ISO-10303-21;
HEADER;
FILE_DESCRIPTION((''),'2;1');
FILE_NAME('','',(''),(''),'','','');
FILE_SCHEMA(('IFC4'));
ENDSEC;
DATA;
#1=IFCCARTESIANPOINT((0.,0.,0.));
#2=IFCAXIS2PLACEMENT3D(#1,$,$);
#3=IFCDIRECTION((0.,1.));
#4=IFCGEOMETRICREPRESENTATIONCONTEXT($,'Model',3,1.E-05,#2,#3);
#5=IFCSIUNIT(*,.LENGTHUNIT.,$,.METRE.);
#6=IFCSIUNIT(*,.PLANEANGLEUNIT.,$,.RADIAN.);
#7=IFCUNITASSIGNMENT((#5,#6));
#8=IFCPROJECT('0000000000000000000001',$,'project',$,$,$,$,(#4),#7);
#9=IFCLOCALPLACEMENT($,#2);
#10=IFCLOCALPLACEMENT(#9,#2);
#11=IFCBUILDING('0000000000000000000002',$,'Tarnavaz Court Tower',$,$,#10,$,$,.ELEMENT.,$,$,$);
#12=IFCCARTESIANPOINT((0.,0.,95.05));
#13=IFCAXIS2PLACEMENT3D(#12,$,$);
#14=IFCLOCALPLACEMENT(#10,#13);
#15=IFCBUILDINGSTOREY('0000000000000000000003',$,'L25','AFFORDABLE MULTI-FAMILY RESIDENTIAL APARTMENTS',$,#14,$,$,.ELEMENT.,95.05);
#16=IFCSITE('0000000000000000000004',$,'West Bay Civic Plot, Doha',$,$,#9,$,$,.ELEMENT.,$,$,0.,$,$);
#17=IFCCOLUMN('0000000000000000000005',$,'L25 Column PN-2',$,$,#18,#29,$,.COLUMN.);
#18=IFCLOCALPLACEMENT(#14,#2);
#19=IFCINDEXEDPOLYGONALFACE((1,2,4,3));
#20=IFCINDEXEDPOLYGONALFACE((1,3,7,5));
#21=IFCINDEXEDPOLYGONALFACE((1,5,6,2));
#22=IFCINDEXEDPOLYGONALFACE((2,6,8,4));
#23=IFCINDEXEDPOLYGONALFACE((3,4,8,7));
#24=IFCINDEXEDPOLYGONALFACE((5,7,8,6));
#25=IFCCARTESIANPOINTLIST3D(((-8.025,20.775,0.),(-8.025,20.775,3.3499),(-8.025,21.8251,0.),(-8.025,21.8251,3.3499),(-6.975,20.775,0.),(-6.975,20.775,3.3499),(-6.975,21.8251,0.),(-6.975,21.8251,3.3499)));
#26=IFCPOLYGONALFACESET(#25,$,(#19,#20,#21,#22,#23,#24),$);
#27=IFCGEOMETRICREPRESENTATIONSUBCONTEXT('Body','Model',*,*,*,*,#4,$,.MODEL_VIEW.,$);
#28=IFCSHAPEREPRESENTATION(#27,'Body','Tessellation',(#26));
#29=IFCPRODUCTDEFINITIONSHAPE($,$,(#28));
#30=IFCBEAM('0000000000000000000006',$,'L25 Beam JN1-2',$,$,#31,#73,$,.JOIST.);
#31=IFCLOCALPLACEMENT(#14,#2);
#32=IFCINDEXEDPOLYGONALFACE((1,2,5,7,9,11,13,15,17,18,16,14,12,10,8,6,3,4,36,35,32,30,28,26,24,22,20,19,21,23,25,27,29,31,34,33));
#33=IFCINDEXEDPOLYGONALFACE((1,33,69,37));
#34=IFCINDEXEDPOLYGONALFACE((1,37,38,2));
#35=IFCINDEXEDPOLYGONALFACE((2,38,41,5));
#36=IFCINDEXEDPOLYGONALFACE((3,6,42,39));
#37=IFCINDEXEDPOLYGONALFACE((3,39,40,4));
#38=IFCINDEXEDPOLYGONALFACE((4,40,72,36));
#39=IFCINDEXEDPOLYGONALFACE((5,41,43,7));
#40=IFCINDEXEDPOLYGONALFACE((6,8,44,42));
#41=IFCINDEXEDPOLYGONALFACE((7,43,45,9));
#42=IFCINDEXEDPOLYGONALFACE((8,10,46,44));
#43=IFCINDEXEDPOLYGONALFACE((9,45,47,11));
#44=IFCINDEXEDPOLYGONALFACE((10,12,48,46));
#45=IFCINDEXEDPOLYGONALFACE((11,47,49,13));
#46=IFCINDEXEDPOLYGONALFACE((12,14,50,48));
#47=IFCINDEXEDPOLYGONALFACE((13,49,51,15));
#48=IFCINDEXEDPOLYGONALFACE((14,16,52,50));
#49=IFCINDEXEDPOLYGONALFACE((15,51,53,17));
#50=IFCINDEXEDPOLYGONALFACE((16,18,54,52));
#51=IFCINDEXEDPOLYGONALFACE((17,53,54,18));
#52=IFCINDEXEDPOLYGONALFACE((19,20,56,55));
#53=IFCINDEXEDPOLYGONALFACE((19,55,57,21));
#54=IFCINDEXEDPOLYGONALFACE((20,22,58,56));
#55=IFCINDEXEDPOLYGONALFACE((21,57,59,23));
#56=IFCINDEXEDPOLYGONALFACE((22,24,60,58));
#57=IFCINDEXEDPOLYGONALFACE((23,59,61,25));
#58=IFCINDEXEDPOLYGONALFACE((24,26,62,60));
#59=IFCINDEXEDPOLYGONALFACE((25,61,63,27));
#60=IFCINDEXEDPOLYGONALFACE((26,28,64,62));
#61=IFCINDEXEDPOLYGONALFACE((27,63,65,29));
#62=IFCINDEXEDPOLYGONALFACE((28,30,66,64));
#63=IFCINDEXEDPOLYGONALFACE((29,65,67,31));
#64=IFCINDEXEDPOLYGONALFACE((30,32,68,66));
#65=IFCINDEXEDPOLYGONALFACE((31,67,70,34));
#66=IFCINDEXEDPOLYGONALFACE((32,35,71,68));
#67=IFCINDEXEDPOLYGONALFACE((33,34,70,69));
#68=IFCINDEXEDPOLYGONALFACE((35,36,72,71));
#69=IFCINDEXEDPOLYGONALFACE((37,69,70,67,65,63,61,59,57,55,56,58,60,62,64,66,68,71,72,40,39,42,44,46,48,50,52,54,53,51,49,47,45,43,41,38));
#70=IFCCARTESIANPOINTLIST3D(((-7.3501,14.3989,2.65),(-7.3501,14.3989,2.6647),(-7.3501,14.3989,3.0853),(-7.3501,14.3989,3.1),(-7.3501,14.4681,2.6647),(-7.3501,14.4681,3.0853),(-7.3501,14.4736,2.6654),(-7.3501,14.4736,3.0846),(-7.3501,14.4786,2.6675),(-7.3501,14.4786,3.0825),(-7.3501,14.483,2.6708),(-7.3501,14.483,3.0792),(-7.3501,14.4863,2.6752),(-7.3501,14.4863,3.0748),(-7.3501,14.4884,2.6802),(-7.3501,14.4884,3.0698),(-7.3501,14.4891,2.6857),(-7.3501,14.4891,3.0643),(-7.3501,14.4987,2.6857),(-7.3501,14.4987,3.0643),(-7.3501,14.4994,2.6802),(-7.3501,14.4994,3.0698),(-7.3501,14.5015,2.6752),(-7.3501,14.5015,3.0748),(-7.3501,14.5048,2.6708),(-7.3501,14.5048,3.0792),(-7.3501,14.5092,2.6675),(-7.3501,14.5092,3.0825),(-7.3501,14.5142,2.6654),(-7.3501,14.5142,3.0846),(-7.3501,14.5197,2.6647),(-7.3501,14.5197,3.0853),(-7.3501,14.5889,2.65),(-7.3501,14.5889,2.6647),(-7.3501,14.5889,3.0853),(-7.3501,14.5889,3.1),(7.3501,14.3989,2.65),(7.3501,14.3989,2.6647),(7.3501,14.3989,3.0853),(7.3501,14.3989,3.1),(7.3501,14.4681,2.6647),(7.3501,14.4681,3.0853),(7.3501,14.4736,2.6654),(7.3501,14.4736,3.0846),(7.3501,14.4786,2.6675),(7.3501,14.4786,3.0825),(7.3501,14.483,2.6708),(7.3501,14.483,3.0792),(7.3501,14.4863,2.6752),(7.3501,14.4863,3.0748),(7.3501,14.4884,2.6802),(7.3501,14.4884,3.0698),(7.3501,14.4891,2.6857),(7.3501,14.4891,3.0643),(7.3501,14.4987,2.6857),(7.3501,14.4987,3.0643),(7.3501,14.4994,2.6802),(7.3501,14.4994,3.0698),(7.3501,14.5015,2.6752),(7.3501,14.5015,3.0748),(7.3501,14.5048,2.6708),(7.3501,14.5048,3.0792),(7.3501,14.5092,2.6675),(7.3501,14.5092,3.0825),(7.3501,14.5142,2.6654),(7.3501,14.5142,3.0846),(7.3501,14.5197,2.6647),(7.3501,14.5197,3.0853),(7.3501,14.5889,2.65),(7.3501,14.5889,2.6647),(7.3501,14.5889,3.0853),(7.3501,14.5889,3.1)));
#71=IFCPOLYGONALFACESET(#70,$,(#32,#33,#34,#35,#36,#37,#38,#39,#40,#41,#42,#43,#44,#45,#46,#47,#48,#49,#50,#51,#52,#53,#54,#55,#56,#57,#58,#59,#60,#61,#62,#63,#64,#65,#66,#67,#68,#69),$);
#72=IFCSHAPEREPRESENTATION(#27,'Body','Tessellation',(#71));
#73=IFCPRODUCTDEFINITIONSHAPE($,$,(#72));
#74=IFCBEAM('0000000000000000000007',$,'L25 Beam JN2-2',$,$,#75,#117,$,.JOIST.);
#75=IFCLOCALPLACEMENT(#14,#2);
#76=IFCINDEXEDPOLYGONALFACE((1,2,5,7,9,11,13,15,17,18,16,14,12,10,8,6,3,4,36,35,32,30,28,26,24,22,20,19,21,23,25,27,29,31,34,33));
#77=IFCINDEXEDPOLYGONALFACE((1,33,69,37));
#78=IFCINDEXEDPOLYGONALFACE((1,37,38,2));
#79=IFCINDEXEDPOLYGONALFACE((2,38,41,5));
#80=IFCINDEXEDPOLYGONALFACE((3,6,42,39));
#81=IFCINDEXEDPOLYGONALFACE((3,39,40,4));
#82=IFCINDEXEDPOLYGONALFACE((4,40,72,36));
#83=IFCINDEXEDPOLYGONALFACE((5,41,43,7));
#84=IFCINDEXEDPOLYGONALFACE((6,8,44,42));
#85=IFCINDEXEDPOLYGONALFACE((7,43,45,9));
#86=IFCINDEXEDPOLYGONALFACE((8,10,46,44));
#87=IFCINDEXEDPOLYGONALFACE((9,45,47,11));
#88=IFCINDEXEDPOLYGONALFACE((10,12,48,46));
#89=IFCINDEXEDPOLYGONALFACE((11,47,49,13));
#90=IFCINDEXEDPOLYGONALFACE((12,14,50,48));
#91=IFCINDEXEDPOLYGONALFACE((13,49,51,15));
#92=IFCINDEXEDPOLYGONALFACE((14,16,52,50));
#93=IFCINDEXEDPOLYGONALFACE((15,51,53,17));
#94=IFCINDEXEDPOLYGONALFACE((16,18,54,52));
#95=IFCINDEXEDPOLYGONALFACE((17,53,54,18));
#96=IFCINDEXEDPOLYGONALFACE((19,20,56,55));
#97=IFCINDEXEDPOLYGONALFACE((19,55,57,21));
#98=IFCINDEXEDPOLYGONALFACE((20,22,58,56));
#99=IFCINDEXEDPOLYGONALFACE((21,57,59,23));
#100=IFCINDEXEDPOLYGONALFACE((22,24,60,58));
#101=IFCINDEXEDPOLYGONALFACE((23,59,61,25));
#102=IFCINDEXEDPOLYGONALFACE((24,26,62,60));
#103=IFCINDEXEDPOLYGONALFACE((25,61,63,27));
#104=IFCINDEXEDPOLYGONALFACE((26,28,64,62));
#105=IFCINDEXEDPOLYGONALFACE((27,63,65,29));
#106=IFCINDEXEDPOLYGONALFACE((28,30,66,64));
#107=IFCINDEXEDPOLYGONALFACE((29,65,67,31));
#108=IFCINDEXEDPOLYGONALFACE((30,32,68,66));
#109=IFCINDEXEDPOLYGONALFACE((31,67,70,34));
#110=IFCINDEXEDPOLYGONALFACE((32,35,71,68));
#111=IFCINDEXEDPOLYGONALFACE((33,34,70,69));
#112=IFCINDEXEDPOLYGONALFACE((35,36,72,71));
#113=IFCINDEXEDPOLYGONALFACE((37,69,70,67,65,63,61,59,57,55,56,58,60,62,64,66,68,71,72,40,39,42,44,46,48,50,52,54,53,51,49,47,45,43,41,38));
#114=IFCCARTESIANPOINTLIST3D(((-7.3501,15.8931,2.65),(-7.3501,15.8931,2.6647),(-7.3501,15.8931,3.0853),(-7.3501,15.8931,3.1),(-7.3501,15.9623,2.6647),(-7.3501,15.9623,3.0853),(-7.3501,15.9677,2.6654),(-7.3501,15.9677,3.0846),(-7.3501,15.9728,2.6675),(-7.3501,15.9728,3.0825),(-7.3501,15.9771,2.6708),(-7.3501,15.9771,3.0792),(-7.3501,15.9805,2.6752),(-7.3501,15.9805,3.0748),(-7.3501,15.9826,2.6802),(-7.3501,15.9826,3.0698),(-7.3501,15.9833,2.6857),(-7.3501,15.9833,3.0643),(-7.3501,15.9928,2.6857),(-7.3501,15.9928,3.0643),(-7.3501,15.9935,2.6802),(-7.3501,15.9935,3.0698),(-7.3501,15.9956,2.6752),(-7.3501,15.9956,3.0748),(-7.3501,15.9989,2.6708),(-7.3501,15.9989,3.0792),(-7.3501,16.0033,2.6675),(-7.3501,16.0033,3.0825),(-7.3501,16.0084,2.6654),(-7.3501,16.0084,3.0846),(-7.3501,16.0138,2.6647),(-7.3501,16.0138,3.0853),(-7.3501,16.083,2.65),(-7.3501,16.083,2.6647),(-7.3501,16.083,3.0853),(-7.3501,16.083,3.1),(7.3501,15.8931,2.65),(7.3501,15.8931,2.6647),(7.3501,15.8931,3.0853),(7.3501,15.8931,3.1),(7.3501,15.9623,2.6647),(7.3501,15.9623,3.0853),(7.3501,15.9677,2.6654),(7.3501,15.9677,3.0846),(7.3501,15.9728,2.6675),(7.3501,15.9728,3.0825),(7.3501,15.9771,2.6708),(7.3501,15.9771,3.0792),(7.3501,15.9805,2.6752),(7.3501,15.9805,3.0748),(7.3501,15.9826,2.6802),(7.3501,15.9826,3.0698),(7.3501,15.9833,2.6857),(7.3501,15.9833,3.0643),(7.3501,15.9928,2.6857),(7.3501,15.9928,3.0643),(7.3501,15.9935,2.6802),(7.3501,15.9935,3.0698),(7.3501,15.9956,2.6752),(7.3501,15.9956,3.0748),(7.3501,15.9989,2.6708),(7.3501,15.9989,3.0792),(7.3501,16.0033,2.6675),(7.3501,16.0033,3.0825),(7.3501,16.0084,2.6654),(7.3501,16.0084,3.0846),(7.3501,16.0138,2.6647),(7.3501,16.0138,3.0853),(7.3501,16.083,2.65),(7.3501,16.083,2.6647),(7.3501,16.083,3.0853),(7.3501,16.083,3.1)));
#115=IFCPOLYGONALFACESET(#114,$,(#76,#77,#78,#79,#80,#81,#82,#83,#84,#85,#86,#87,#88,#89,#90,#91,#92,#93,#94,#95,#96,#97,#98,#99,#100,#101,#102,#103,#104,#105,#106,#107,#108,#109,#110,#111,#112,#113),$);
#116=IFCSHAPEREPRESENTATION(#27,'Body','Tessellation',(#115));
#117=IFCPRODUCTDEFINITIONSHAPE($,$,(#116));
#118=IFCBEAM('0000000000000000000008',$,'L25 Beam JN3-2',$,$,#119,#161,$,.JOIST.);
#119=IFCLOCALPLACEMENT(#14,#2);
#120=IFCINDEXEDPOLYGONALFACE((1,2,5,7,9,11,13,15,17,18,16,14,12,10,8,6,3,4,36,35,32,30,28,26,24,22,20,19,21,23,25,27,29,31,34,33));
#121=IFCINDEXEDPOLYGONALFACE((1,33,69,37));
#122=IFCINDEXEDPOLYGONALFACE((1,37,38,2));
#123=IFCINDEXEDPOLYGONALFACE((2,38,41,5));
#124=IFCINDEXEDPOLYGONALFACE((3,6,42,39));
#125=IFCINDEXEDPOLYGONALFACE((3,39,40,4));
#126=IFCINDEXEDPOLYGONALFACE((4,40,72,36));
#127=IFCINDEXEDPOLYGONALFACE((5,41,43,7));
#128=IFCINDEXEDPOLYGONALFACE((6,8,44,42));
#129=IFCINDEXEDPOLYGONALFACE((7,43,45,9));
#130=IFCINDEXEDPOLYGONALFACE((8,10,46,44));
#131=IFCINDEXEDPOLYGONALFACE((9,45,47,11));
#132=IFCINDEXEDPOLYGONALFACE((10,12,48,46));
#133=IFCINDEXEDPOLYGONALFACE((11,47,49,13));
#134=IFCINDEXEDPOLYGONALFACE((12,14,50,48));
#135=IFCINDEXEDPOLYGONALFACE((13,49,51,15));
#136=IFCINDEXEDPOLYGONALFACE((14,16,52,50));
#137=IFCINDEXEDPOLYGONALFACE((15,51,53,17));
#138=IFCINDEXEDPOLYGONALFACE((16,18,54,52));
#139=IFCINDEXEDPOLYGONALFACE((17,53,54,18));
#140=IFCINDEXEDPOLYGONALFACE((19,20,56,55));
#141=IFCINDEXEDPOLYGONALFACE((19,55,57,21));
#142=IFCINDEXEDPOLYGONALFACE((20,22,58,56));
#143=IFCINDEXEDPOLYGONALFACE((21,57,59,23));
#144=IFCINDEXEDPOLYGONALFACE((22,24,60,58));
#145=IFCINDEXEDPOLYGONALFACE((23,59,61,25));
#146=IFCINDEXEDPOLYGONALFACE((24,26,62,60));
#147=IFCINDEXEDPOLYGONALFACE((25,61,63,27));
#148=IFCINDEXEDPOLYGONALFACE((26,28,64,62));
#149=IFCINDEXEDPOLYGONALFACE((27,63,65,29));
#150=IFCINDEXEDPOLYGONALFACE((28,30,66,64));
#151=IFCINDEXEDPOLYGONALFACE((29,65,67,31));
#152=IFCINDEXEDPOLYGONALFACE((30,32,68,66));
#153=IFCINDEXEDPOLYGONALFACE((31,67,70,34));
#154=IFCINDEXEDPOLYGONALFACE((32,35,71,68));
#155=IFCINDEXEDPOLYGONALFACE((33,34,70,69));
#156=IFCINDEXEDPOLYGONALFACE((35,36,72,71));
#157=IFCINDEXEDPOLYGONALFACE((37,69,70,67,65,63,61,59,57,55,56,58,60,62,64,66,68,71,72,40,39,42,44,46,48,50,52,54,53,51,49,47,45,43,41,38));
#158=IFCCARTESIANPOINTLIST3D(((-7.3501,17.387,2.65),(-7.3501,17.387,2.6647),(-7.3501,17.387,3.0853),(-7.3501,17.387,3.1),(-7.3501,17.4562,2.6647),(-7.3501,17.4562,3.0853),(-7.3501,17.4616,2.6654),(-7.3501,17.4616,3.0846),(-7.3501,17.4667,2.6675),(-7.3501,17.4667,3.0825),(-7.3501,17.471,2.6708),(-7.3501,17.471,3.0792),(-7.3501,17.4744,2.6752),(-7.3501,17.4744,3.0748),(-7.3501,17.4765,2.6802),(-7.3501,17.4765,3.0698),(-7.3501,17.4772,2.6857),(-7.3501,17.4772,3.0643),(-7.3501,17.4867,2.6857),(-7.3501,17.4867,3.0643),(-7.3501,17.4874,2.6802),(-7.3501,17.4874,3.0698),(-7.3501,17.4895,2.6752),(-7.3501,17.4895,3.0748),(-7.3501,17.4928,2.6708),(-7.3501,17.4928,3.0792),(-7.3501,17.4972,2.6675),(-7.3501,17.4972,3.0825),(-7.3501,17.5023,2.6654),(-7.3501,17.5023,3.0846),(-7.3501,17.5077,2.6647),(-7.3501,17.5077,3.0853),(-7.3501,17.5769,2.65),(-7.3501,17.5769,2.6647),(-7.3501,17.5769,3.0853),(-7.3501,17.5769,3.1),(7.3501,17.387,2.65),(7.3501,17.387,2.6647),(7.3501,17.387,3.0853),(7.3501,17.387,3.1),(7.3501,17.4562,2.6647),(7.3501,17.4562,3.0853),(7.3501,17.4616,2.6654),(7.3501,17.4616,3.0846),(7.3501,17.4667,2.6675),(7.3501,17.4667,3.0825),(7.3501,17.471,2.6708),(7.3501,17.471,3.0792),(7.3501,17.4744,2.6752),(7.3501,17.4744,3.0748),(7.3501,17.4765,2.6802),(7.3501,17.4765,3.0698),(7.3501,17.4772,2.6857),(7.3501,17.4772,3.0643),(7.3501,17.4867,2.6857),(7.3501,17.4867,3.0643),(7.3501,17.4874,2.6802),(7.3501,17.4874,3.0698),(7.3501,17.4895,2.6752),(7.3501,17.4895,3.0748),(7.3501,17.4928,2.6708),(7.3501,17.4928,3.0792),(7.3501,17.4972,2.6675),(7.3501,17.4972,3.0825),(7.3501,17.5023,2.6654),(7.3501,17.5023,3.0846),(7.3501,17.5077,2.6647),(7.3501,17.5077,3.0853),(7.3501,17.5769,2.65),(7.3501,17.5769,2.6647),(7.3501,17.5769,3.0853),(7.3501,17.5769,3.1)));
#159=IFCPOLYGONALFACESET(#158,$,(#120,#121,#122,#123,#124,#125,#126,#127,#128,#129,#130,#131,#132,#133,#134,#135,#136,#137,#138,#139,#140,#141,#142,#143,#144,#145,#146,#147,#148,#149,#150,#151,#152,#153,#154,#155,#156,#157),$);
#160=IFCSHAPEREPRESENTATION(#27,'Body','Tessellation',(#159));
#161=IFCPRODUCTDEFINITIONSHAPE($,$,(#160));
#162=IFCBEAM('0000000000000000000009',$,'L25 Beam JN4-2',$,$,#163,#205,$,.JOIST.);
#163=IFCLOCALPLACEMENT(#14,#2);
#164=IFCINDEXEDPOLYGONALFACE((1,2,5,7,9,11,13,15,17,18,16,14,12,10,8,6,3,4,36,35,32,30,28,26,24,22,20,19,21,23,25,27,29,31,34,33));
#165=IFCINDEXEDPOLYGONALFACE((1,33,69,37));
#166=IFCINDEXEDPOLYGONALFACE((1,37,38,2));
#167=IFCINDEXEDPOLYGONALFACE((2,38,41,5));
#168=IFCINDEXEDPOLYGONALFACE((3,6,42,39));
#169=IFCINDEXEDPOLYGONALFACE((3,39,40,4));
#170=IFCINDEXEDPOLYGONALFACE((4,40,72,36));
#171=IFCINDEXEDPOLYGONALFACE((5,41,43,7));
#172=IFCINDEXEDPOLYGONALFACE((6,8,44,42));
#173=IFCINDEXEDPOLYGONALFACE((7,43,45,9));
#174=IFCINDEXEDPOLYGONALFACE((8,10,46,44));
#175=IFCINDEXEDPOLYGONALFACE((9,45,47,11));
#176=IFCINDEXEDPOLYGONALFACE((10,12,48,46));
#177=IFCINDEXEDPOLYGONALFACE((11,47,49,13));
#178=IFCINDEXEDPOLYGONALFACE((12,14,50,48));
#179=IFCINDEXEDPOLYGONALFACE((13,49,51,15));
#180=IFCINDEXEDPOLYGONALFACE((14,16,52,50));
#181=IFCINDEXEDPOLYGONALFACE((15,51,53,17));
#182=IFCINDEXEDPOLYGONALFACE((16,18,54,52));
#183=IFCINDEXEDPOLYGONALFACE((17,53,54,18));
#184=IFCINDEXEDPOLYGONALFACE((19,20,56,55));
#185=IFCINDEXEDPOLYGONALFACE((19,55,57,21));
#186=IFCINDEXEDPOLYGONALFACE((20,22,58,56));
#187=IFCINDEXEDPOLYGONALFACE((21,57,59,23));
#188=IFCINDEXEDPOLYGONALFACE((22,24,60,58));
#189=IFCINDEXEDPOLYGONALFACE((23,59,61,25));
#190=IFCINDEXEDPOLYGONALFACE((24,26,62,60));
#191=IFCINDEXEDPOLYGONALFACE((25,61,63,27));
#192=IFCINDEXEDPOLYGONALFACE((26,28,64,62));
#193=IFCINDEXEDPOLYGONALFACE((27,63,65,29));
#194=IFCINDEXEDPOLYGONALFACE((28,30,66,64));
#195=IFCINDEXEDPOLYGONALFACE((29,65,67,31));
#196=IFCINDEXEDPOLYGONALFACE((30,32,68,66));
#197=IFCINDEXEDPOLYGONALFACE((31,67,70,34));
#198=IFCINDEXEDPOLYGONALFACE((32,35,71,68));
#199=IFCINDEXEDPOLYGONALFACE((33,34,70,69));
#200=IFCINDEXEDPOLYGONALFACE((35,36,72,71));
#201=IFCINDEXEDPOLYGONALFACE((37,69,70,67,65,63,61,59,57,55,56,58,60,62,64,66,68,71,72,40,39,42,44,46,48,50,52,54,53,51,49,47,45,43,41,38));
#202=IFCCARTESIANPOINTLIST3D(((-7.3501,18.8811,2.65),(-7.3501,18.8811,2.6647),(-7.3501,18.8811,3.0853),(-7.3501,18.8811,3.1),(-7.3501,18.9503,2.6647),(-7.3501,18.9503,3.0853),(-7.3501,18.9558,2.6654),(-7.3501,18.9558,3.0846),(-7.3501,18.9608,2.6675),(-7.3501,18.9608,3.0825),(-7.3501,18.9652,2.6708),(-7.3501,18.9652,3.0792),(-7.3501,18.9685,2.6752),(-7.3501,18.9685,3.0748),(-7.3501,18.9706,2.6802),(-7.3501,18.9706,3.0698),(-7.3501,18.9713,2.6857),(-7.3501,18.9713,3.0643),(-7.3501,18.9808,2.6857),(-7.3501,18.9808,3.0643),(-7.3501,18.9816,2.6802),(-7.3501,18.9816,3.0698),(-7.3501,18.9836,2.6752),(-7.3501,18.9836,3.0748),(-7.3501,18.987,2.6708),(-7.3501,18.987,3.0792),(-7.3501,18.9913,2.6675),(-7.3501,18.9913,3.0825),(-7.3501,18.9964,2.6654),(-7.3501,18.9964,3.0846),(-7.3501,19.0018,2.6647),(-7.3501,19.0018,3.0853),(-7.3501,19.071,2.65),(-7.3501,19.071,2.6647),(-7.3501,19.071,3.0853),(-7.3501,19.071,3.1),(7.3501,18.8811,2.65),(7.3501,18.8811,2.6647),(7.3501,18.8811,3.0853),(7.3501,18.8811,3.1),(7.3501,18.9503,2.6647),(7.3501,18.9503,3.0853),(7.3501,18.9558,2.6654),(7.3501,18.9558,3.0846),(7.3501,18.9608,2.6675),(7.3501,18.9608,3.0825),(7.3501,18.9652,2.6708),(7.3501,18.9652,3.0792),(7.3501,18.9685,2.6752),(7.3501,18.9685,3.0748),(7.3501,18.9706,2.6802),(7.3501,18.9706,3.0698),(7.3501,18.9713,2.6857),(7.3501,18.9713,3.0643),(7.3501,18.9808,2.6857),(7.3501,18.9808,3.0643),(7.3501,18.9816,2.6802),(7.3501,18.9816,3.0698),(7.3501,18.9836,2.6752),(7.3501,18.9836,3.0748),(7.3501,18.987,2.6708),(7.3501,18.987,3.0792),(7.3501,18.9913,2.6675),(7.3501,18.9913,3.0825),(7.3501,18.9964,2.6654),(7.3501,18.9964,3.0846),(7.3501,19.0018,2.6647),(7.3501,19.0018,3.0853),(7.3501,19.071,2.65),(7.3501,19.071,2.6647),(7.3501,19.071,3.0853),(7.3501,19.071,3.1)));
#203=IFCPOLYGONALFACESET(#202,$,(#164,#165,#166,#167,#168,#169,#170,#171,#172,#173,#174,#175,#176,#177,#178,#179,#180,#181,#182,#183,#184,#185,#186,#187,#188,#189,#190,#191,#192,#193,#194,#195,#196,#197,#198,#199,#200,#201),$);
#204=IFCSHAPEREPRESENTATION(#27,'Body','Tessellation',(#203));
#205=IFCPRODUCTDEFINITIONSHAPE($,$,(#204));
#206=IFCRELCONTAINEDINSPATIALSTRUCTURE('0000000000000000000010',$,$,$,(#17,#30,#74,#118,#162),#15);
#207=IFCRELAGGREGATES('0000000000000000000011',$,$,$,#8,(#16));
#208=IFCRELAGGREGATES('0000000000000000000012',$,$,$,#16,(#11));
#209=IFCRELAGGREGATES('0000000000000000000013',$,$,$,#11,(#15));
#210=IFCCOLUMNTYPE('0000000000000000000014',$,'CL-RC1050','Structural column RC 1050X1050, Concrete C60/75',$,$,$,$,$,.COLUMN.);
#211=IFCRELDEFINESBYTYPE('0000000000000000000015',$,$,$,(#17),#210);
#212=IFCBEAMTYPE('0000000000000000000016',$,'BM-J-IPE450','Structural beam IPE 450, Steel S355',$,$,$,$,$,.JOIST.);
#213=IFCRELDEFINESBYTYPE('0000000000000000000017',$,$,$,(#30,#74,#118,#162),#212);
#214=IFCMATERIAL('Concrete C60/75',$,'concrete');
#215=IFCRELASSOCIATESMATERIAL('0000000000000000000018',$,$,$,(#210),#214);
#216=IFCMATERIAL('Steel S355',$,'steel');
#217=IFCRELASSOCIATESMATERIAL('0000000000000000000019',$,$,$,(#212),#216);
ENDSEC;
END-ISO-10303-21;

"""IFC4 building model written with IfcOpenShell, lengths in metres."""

from ifc_helpers import new_model, si_unit, direction, frame, origin, origin_2d, place, context, subcontext, project, spatial, rectangle, i_section, extrude, material, material_profile, profile_set, type_object, element, save


model = new_model("IFC4")

# Units and contexts
model_context = context("Model", 3, precision=1e-05, world=origin(), true_north=direction((0.0, 1.0)))
body_context = subcontext(model_context, "Body", "Model", "MODEL_VIEW")
ifc_project = project(units=[si_unit("LENGTHUNIT", "METRE"), si_unit("PLANEANGLEUNIT", "RADIAN")], contexts=[model_context])

# Site, building, storey
site_placement = place(None, origin())
site = spatial("IfcSite", under=ifc_project, at=site_placement, Name="West Bay Civic Plot, Doha", CompositionType="ELEMENT", RefElevation=0.0)
building_placement = place(site_placement, origin())
building = spatial("IfcBuilding", under=site, at=building_placement, Name="Tarnavaz Court Tower", CompositionType="ELEMENT")
storey_placement = place(building_placement, frame((0.0, 0.0, 95.05)))
storey = spatial("IfcBuildingStorey", under=building, at=storey_placement, Name="L25", Description="AFFORDABLE MULTI-FAMILY RESIDENTIAL APARTMENTS", CompositionType="ELEMENT", Elevation=95.05)

# Column
ifc_material_1 = material(Name="Concrete C60/75", Category="concrete")
ifc_material_profile_1 = material_profile(ifc_material_1, rectangle(XDim=1.05, YDim=1.05, at=origin_2d()), Name="RC 1050X1050")
ifc_profile_set_1 = profile_set([ifc_material_profile_1], Name="Concrete C60/75")
column_type = type_object("IfcColumnType", Name="CL-RC1050", Description="Structural column RC 1050X1050, Concrete C60/75", PredefinedType="COLUMN", material=ifc_profile_set_1)
column_placement = place(storey_placement, frame((-7.5, 21.3, 0.0), z_axis=(0.0, 0.0, 1.0), x_axis=(1.0, 0.0, 0.0)))
element("IfcColumn", 1, at=column_placement, inside=storey, type_object=column_type, Name="L25 Column PN-2", PredefinedType="COLUMN", context=body_context, shape_type="SweptSolid", body=[
    extrude(rectangle(XDim=1.05, YDim=1.05, at=origin_2d()), origin(), (0.0, 0.0, 1.0), 3.3499),
])

# Beams
ifc_material_2 = material(Name="Steel S355", Category="steel")
ifc_material_profile_2 = material_profile(ifc_material_2, i_section(OverallWidth=0.1899, OverallDepth=0.45, WebThickness=0.0095, FlangeThickness=0.0146, FilletRadius=0.021, at=origin_2d()), Name="IPE 450")
ifc_profile_set_2 = profile_set([ifc_material_profile_2], Name="Steel S355")
beam_type_1 = type_object("IfcBeamType", Name="BM-J-IPE450", Description="Structural beam IPE 450, Steel S355", PredefinedType="JOIST", material=ifc_profile_set_2)
for number, where, z_axis, x_axis, name in (
    (2, (-7.3501, 14.4939, 2.875), (1.0, 0.0, 0.0), (0.0, 1.0, 0.0), "L25 Beam JN1-2"),
    (3, (-7.3501, 15.988, 2.875), (1.0, 0.0, 0.0), (0.0, 1.0, 0.0), "L25 Beam JN2-2"),
    (4, (-7.3501, 17.4819, 2.875), (1.0, 0.0, 0.0), (0.0, 1.0, 0.0), "L25 Beam JN3-2"),
    (5, (-7.3501, 18.9761, 2.875), (1.0, 0.0, 0.0), (0.0, 1.0, 0.0), "L25 Beam JN4-2"),
):
    element("IfcBeam", number, at=place(storey_placement, frame(where, z_axis=z_axis, x_axis=x_axis)), inside=storey, type_object=beam_type_1, Name=name, PredefinedType="JOIST", context=body_context, shape_type="SweptSolid", body=[
        extrude(i_section(OverallWidth=0.1899, OverallDepth=0.45, WebThickness=0.0095, FlangeThickness=0.0146, FilletRadius=0.021, at=origin_2d()), origin(), (0.0, 0.0, 1.0), 14.7002),
    ])

save(model, "model.ifc")
